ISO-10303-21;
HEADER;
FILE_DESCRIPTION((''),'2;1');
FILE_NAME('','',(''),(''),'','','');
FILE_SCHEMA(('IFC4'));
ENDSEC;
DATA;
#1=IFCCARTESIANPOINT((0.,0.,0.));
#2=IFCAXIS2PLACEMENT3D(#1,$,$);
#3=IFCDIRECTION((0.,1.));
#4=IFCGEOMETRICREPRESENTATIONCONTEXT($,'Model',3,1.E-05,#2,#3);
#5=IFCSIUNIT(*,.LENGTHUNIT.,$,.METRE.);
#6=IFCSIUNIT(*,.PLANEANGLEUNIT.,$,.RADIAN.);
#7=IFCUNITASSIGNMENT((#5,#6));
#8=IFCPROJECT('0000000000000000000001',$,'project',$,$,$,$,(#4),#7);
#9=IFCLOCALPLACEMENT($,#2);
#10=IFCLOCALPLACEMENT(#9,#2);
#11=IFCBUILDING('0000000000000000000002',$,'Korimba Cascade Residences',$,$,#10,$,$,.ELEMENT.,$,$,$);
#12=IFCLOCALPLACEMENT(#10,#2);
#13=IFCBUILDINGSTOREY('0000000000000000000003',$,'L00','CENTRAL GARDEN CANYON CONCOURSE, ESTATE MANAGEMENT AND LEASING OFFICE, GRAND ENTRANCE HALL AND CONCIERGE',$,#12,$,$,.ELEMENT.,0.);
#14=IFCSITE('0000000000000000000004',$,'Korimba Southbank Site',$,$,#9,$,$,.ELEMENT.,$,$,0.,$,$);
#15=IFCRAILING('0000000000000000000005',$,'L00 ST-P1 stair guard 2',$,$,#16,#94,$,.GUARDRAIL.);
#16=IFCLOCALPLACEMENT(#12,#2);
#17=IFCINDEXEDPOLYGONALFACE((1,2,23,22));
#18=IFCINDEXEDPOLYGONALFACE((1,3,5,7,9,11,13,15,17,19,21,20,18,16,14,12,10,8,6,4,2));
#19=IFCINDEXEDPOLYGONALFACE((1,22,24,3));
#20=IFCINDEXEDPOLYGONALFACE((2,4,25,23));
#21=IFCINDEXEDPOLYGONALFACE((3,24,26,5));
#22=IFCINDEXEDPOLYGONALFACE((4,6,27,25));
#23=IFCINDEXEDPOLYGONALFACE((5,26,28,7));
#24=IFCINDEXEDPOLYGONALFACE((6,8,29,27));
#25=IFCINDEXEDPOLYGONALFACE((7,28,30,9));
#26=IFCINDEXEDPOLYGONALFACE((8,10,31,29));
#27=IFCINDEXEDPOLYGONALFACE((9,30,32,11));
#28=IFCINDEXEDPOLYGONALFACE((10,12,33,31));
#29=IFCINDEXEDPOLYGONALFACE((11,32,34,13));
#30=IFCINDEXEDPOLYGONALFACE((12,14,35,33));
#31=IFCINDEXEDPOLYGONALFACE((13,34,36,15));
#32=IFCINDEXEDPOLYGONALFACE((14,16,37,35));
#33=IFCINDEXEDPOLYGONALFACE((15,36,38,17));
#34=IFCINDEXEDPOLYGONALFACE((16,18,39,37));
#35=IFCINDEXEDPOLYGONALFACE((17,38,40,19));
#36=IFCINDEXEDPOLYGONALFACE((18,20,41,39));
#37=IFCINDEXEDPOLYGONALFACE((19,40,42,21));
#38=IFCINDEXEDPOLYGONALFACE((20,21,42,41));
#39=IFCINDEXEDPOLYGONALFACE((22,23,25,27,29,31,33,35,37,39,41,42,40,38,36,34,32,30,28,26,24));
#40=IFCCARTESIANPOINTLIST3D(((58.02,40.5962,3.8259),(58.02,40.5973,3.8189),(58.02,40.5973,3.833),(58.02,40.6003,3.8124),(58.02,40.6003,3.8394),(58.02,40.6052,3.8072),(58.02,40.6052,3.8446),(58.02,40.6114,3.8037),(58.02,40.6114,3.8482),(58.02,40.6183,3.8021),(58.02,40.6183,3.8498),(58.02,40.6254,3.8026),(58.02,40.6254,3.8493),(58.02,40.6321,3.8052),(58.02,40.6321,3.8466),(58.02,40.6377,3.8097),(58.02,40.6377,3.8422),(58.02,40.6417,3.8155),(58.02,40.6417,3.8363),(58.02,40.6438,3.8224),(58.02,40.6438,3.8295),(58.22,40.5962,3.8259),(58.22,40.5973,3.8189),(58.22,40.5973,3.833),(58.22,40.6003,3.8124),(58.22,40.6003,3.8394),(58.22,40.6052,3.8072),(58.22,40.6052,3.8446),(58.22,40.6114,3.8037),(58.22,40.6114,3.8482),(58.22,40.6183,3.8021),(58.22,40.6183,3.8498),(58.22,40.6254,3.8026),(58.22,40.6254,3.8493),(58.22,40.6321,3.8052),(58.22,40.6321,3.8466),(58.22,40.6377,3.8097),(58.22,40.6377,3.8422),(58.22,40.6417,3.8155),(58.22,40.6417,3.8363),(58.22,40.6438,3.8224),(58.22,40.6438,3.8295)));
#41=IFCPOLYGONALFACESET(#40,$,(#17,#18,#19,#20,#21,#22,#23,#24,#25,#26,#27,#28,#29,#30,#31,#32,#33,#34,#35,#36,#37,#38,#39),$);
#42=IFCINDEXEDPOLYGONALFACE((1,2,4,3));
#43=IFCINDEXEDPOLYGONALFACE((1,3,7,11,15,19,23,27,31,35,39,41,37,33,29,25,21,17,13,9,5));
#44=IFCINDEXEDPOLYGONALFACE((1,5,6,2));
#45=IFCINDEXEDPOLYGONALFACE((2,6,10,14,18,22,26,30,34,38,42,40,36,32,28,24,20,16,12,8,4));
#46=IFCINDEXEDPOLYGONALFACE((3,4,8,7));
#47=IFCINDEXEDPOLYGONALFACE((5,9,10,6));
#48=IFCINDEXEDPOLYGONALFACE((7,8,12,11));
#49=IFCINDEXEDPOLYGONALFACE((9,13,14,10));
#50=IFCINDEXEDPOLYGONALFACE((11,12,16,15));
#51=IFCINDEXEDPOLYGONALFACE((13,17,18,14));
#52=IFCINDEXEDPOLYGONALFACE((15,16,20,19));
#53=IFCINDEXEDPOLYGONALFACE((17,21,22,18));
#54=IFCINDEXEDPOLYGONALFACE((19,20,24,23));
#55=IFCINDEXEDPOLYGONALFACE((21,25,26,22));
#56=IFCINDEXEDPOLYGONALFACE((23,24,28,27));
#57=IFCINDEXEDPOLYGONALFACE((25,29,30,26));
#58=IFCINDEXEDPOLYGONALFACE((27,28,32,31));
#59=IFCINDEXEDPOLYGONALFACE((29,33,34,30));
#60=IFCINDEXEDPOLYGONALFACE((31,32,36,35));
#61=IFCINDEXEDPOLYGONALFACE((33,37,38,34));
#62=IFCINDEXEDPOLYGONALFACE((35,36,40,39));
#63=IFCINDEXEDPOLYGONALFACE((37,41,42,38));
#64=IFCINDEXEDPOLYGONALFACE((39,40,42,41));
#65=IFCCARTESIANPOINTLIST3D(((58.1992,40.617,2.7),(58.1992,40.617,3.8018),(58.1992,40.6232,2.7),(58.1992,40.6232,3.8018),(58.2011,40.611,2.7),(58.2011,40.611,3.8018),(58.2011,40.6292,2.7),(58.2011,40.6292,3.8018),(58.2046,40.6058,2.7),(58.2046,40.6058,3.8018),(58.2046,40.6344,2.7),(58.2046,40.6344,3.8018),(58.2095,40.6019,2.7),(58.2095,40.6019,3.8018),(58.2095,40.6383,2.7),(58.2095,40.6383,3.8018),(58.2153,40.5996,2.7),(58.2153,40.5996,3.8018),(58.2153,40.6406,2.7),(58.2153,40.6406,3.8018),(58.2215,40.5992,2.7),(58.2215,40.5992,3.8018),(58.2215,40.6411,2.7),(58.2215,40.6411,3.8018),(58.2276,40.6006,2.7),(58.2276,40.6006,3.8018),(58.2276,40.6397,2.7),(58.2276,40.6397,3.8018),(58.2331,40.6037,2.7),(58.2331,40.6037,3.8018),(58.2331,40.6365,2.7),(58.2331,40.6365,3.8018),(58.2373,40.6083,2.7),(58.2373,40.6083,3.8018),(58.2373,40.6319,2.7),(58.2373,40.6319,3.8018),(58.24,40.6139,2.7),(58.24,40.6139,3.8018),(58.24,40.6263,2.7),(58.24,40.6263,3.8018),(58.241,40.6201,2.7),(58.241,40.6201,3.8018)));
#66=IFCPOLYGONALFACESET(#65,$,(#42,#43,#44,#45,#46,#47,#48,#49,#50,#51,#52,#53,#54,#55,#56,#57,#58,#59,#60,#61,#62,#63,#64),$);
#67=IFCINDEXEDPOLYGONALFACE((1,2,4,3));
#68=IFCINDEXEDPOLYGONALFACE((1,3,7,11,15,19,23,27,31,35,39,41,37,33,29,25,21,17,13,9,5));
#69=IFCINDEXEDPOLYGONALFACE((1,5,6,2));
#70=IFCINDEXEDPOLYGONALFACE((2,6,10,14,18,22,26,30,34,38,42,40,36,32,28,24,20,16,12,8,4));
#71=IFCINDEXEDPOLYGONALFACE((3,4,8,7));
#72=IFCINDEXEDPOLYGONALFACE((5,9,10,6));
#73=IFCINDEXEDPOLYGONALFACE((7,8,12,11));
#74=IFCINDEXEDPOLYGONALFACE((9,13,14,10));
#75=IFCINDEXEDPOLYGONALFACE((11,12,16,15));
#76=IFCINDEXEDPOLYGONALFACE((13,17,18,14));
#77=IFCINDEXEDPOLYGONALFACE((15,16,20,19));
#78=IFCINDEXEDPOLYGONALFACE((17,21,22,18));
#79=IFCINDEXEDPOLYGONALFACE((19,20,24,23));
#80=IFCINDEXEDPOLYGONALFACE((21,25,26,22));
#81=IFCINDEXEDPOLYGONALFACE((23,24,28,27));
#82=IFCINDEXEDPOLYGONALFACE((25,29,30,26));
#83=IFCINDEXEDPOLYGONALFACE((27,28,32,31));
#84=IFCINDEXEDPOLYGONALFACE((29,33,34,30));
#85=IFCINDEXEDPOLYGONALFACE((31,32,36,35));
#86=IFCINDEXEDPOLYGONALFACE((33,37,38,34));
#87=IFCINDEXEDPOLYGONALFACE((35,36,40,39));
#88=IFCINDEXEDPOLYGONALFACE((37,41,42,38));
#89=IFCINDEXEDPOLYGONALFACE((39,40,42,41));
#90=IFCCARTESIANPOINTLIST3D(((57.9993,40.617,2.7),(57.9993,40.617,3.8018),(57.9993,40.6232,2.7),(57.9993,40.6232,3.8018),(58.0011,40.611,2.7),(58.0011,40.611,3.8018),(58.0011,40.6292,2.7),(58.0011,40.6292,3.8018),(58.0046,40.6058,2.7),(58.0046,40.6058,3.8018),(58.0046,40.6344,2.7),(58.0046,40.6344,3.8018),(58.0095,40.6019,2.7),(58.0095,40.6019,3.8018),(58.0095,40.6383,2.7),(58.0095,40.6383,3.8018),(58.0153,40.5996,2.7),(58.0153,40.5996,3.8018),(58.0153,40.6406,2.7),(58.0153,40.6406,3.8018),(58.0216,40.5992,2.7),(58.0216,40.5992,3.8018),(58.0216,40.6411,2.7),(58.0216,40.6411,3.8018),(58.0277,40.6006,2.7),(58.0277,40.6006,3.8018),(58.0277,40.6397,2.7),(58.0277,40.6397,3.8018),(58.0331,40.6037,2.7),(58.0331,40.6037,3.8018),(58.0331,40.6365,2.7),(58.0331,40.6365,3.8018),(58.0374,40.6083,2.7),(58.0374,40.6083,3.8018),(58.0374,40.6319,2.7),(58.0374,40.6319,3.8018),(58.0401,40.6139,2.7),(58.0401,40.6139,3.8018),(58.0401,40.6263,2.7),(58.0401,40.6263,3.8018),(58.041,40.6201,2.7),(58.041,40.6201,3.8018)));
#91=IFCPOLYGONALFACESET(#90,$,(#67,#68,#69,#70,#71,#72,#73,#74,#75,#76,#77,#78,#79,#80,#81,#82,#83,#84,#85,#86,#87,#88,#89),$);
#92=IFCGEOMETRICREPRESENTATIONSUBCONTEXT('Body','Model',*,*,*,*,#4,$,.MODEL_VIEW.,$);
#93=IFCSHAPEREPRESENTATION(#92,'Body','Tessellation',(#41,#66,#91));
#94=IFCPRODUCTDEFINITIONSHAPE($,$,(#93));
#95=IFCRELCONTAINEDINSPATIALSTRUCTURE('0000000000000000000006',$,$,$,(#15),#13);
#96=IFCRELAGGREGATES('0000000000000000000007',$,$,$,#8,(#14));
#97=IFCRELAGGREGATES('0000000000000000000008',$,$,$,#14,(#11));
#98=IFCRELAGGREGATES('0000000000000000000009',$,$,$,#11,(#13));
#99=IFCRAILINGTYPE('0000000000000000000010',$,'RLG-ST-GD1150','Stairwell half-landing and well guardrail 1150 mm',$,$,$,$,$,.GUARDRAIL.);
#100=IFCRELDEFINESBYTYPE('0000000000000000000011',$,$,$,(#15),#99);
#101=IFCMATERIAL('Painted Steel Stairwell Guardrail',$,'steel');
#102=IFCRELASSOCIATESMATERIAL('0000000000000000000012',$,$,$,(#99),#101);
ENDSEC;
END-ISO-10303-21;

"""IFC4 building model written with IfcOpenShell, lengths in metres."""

from ifc_helpers import new_model, si_unit, direction, frame, origin, origin_2d, place, context, subcontext, project, spatial, circle, extrude, material, type_object, element, save


model = new_model("IFC4")

# Units and contexts
model_context = context("Model", 3, precision=1e-05, world=origin(), true_north=direction((0.0, 1.0)))
body_context = subcontext(model_context, "Body", "Model", "MODEL_VIEW")
ifc_project = project(units=[si_unit("LENGTHUNIT", "METRE"), si_unit("PLANEANGLEUNIT", "RADIAN")], contexts=[model_context])

# Site, building, storey
site_placement = place(None, origin())
site = spatial("IfcSite", under=ifc_project, at=site_placement, Name="Korimba Southbank Site", CompositionType="ELEMENT", RefElevation=0.0)
building_placement = place(site_placement, origin())
building = spatial("IfcBuilding", under=site, at=building_placement, Name="Korimba Cascade Residences", CompositionType="ELEMENT")
storey_placement = place(building_placement, origin())
storey = spatial("IfcBuildingStorey", under=building, at=storey_placement, Name="L00", Description="CENTRAL GARDEN CANYON CONCOURSE, ESTATE MANAGEMENT AND LEASING OFFICE, GRAND ENTRANCE HALL AND CONCIERGE", CompositionType="ELEMENT", Elevation=0.0)

# Railing
ifc_material_1 = material(Name="Painted Steel Stairwell Guardrail", Category="steel")
railing_type_1 = type_object("IfcRailingType", Name="RLG-ST-GD1150", Description="Stairwell half-landing and well guardrail 1150 mm", PredefinedType="GUARDRAIL", material=ifc_material_1)
railing_1_placement = place(storey_placement, frame((58.22, 40.6201, 2.7)))
element("IfcRailing", 1, at=railing_1_placement, inside=storey, type_object=railing_type_1, Name="L00 ST-P1 stair guard 2", PredefinedType="GUARDRAIL", context=body_context, shape_type="SweptSolid", body=[
    extrude(circle(Radius=0.0239, at=origin_2d()), frame((0.0, 0.0, 1.126), z_axis=(-1.0, 0.0, 0.0), x_axis=(0.0, -1.0, 0.0)), (0.0, 0.0, 1.0), 0.2),
    extrude(circle(Radius=0.021, at=origin_2d()), origin(), (0.0, 0.0, 1.0), 1.1018),
    extrude(circle(Radius=0.021, at=origin_2d()), frame((-0.2, 0.0, 0.0)), (0.0, 0.0, 1.0), 1.1018),
])

save(model, "model.ifc")
